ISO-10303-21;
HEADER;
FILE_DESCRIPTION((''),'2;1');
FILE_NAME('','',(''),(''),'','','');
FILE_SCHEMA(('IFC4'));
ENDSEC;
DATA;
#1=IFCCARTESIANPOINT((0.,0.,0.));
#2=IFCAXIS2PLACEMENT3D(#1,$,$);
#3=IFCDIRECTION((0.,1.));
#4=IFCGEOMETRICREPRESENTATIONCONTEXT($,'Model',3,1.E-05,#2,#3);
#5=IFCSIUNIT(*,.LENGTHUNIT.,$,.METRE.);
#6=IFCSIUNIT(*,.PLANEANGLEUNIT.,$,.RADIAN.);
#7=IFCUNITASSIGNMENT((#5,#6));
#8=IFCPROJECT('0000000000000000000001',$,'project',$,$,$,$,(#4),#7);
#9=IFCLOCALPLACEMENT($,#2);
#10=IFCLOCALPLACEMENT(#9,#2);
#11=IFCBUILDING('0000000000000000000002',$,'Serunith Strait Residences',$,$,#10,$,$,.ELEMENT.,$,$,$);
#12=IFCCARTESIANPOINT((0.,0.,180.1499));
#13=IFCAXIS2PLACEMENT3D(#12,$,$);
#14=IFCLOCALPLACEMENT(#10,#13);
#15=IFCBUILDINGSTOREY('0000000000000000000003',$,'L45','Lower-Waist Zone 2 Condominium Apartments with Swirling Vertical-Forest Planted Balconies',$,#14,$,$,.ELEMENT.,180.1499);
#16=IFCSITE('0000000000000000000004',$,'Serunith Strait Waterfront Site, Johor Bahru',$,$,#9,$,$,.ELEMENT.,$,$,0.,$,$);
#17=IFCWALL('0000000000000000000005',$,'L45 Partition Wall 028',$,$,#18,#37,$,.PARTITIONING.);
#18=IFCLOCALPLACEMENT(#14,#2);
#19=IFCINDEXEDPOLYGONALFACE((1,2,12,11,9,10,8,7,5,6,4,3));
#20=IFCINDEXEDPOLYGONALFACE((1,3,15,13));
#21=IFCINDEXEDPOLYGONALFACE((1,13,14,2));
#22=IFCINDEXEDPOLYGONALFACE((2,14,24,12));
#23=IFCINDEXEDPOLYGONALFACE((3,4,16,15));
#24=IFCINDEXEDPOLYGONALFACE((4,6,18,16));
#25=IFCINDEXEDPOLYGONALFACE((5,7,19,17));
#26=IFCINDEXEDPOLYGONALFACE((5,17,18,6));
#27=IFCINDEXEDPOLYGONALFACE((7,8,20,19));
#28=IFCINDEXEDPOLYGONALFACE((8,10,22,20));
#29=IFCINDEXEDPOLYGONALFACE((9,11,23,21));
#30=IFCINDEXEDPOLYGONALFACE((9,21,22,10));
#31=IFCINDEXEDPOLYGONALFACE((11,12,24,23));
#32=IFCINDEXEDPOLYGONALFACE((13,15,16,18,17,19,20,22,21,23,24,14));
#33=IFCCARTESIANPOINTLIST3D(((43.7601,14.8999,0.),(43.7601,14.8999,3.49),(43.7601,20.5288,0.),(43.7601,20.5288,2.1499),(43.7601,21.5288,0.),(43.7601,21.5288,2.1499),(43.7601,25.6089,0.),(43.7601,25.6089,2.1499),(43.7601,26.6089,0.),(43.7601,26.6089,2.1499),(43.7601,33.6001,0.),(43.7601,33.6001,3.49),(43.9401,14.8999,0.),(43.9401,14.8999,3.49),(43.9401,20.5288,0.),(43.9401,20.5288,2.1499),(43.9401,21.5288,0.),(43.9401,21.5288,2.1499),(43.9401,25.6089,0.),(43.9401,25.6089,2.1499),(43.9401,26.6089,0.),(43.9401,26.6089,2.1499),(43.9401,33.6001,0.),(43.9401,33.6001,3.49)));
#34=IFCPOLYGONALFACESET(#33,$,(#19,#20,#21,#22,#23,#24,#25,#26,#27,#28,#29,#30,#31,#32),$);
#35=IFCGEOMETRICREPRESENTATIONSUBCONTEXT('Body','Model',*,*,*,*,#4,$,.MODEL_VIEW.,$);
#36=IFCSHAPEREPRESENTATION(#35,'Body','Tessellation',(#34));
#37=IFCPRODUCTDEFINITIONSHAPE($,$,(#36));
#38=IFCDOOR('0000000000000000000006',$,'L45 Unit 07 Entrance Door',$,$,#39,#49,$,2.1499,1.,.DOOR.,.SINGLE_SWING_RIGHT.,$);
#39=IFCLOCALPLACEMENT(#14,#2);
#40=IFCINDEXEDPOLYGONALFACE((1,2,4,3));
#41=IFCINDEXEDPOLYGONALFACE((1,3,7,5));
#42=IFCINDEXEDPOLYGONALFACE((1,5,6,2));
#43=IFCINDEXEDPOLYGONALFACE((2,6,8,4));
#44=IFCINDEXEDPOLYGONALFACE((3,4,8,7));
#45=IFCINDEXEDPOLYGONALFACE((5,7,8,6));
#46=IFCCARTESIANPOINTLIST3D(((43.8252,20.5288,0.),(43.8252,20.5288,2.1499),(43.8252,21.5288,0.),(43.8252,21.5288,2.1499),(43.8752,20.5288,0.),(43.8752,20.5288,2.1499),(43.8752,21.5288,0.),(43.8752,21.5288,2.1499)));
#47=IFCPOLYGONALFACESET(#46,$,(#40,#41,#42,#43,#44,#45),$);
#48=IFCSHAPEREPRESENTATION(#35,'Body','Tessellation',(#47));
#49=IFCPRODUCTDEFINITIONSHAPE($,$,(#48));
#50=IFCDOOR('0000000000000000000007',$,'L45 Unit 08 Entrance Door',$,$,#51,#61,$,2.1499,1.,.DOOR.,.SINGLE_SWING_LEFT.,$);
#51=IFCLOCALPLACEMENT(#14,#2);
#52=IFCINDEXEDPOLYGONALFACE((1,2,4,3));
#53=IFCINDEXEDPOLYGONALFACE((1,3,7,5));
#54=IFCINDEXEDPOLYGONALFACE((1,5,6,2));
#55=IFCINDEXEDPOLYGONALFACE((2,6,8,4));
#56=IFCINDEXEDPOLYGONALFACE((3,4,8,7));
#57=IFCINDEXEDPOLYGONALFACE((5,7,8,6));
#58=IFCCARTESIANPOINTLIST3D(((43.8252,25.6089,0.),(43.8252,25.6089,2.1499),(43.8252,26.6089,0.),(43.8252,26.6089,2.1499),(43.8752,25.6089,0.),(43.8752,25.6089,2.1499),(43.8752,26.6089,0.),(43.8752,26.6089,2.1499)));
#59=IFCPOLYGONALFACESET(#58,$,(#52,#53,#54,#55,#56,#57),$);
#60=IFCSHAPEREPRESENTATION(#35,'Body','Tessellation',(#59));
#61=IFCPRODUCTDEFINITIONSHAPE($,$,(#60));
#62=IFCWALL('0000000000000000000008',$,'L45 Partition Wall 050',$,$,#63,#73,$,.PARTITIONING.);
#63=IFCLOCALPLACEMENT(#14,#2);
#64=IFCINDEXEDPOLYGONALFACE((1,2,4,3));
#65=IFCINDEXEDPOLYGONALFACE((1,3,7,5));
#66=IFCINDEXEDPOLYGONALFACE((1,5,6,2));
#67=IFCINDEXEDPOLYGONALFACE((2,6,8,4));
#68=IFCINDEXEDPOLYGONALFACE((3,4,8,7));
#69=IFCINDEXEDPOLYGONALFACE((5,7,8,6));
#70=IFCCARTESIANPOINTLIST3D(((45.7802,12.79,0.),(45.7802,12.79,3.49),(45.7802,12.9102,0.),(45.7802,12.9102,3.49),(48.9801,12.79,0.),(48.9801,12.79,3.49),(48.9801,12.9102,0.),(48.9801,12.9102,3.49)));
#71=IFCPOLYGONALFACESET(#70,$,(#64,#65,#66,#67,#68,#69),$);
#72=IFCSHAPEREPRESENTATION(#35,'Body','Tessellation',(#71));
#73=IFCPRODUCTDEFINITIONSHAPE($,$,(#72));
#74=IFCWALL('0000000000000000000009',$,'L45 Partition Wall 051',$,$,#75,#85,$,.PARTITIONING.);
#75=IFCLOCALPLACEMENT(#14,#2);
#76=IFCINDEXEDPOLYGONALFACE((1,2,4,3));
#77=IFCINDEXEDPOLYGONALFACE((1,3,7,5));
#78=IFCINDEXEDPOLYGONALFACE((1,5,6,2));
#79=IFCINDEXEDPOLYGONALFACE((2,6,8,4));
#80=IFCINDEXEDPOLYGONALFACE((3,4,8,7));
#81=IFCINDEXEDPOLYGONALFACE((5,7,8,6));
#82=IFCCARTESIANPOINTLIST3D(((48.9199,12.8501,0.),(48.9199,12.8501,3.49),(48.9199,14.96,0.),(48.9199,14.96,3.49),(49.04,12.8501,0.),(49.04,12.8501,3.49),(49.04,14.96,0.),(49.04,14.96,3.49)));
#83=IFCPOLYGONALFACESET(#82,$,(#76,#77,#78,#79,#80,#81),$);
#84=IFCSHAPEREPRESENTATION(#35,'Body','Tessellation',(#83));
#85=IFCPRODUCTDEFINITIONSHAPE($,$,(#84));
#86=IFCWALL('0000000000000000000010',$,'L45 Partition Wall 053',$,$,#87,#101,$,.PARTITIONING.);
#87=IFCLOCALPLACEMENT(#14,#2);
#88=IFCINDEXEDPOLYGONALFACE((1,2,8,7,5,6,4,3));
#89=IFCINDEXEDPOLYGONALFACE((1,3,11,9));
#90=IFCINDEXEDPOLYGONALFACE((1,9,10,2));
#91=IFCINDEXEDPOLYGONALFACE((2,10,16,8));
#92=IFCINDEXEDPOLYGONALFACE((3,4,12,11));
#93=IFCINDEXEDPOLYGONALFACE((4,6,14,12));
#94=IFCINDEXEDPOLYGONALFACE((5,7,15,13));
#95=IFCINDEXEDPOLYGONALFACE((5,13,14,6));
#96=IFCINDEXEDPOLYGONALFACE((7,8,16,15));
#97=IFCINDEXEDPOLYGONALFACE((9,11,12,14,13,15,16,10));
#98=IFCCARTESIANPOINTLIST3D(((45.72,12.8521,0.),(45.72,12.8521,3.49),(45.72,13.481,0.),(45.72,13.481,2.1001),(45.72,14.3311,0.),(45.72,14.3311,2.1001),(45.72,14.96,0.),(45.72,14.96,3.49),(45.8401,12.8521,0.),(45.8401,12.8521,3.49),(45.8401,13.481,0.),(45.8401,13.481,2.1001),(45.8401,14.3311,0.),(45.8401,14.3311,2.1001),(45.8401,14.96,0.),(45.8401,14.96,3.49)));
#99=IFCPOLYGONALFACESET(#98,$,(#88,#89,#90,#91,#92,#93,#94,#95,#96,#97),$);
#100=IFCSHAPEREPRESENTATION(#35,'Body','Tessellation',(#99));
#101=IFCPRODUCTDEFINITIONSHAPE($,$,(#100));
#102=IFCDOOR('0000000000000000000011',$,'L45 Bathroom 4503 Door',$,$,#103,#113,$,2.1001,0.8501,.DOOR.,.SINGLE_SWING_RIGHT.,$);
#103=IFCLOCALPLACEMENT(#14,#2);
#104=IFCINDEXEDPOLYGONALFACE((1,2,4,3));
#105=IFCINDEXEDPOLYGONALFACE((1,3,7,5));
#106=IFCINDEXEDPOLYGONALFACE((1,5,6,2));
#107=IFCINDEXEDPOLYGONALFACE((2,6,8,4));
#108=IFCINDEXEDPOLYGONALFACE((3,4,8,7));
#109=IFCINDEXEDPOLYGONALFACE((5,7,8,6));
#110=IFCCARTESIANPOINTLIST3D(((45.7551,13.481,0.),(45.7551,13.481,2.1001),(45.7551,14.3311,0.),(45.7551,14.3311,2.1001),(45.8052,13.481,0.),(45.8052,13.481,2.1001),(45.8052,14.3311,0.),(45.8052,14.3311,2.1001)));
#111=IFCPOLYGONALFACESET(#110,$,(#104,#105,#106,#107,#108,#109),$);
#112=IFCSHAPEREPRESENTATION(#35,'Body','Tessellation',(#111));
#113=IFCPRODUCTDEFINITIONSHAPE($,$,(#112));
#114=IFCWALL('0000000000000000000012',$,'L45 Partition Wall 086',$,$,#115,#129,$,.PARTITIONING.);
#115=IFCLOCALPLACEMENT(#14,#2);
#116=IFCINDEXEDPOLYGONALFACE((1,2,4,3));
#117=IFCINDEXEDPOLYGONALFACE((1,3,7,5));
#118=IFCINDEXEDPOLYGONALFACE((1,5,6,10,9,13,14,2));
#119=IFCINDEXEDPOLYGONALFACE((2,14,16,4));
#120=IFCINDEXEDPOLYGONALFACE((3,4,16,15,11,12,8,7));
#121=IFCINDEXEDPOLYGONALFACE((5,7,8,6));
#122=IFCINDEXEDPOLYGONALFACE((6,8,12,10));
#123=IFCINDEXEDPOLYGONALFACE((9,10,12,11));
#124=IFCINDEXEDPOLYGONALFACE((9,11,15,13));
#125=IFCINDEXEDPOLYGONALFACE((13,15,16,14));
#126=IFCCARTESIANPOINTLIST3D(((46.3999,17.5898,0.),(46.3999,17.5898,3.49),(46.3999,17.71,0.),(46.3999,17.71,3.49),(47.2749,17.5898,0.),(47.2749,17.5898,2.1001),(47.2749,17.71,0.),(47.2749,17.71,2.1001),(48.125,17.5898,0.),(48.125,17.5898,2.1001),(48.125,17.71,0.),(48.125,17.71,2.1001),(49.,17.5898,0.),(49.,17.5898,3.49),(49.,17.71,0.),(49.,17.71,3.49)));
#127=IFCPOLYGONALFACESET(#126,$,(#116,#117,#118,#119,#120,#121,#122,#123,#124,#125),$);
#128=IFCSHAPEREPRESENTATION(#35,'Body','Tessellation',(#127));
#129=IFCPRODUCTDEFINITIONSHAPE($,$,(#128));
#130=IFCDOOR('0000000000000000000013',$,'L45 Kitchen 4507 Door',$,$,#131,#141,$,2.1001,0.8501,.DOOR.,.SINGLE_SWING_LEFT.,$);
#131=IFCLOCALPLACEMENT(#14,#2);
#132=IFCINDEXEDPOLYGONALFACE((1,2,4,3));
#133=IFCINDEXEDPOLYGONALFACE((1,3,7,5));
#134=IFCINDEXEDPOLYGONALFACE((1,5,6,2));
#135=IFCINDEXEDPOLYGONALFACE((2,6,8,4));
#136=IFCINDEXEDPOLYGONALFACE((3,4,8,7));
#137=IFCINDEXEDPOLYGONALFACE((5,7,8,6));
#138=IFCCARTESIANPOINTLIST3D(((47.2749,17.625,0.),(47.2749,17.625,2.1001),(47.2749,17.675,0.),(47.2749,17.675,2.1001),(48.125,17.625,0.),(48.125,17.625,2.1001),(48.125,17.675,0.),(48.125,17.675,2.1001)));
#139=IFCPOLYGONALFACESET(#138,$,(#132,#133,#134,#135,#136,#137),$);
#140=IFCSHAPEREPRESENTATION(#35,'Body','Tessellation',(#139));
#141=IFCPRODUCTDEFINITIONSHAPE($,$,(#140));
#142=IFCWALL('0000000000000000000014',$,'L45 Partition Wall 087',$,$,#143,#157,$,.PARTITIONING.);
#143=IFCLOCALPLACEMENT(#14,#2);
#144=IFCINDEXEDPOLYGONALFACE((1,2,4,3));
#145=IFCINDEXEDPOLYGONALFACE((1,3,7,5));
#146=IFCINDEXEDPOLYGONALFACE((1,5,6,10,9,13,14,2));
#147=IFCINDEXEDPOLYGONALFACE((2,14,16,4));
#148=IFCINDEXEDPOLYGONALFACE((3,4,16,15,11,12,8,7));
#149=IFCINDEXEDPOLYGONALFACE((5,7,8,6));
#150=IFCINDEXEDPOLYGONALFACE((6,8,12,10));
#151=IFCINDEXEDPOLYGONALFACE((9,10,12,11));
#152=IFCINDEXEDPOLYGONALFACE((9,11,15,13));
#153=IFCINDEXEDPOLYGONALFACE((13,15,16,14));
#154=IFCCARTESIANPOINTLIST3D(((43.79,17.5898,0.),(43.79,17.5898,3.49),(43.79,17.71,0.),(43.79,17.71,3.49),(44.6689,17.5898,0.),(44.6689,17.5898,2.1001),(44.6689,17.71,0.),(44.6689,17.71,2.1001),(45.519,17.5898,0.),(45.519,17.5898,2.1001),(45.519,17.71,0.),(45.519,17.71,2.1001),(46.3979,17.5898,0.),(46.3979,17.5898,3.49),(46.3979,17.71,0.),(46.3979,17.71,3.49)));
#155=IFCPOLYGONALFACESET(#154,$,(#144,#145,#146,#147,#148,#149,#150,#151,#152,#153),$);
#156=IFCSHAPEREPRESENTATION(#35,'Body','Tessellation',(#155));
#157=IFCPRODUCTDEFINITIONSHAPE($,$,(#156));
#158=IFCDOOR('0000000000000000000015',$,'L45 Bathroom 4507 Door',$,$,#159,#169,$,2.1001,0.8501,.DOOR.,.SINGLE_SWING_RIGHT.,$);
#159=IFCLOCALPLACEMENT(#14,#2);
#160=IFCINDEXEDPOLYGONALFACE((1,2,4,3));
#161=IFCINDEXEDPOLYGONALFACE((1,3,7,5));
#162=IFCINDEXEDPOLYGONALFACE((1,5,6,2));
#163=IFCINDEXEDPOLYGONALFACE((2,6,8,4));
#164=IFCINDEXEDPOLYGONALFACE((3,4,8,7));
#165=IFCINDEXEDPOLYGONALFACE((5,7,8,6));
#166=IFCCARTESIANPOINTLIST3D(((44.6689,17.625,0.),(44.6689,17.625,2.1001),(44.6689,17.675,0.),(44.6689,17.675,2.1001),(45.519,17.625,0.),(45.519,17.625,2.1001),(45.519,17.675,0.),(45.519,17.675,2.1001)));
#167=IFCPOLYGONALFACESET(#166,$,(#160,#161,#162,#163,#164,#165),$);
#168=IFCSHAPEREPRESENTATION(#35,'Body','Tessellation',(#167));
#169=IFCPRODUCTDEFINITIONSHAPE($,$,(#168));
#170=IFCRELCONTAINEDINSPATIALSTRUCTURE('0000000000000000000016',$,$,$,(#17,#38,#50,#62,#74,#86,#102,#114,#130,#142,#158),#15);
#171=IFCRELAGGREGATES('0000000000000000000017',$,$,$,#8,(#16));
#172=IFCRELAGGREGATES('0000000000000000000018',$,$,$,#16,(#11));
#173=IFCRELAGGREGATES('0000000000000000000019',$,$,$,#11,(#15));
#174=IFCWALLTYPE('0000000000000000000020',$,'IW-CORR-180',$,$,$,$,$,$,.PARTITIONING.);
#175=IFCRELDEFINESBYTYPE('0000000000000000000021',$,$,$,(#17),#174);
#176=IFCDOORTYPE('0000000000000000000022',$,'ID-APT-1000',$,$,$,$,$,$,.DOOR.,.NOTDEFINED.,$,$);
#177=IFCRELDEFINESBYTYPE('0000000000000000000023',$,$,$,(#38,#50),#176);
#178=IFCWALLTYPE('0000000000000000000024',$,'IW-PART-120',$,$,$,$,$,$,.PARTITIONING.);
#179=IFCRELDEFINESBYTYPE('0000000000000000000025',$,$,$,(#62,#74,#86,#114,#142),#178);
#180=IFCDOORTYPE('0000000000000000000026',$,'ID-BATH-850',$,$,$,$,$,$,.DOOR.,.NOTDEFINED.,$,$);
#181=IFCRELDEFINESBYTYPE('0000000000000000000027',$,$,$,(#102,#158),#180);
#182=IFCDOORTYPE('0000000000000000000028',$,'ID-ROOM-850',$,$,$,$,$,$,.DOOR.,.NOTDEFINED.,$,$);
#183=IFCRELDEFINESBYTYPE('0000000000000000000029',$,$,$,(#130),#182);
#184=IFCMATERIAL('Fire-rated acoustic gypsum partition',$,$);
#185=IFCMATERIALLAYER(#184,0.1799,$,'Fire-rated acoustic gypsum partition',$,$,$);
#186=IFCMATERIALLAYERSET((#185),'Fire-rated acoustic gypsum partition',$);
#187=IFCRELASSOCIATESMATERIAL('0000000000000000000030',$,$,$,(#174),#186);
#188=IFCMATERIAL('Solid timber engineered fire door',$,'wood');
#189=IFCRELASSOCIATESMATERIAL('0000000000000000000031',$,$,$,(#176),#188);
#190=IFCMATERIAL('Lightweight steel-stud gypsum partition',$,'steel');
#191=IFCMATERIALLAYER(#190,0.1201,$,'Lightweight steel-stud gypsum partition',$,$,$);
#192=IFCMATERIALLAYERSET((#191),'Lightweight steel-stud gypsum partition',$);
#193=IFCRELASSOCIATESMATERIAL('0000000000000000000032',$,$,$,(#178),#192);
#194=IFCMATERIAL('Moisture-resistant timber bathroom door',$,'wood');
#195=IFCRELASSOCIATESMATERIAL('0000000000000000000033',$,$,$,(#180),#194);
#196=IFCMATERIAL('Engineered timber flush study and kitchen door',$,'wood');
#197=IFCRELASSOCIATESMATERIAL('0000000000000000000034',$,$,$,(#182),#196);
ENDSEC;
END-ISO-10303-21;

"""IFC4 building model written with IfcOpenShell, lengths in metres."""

from ifc_helpers import new_model, si_unit, direction, frame, frame_2d, origin, place, context, subcontext, project, spatial, rectangle, extrude, source, transform, mapped, material, layer, layer_set, type_object, element, fill, save


model = new_model("IFC4")

# Units and contexts
model_context = context("Model", 3, precision=1e-05, world=origin(), true_north=direction((0.0, 1.0)))
body_context = subcontext(model_context, "Body", "Model", "MODEL_VIEW")
ifc_project = project(units=[si_unit("LENGTHUNIT", "METRE"), si_unit("PLANEANGLEUNIT", "RADIAN")], contexts=[model_context])

# Site, building, storey
site_placement = place(None, origin())
site = spatial("IfcSite", under=ifc_project, at=site_placement, Name="Serunith Strait Waterfront Site, Johor Bahru", CompositionType="ELEMENT", RefElevation=0.0)
building_placement = place(site_placement, origin())
building = spatial("IfcBuilding", under=site, at=building_placement, Name="Serunith Strait Residences", CompositionType="ELEMENT")
storey_placement = place(building_placement, frame((0.0, 0.0, 180.1499)))
storey = spatial("IfcBuildingStorey", under=building, at=storey_placement, Name="L45", Description="Lower-Waist Zone 2 Condominium Apartments with Swirling Vertical-Forest Planted Balconies", CompositionType="ELEMENT", Elevation=180.1499)

# Wall, openings, doors
ifc_material_1 = material(Name="Fire-rated acoustic gypsum partition")
ifc_layer_1 = layer(ifc_material_1, 0.1799, Name="Fire-rated acoustic gypsum partition")
ifc_layer_set_1 = layer_set([ifc_layer_1], Name="Fire-rated acoustic gypsum partition")
wall_type_1 = type_object("IfcWallType", Name="IW-CORR-180", PredefinedType="PARTITIONING", material=ifc_layer_set_1)
wall_1_placement = place(storey_placement, frame((43.8501, 14.8999, 0.0), z_axis=(0.0, 0.0, 1.0), x_axis=(0.0, 1.0, 0.0)))
wall_1 = element("IfcWall", 1, at=wall_1_placement, inside=storey, type_object=wall_type_1, Name="L45 Partition Wall 028", PredefinedType="PARTITIONING", context=body_context, shape_type="SweptSolid", body=[
    extrude(rectangle(XDim=18.7002, YDim=0.1799, at=frame_2d((9.3501, 0.0))), origin(), (0.0, 0.0, 1.0), 3.49),
])
opening_1_placement = place(wall_1_placement, frame((5.6289, 0.0, 0.0)))
opening_1 = element("IfcOpeningElement", 2, at=opening_1_placement, cuts=wall_1, PredefinedType="OPENING", context=body_context, shape_type="SweptSolid", body=[
    extrude(rectangle(XDim=1.0, YDim=2.1499, at=frame_2d((0.5, 1.075))), frame((0.0, 0.1001, 0.0), z_axis=(0.0, -1.0, 0.0), x_axis=(1.0, 0.0, 0.0)), (0.0, 0.0, 1.0), 0.2),
])
opening_2_placement = place(wall_1_placement, frame((10.709, 0.0, 0.0)))
opening_2 = element("IfcOpeningElement", 3, at=opening_2_placement, cuts=wall_1, PredefinedType="OPENING", context=body_context, shape_type="SweptSolid", body=[
    extrude(rectangle(XDim=1.0, YDim=2.1499, at=frame_2d((0.5, 1.075))), frame((0.0, 0.1001, 0.0), z_axis=(0.0, -1.0, 0.0), x_axis=(1.0, 0.0, 0.0)), (0.0, 0.0, 1.0), 0.2),
])
ifc_material_2 = material(Name="Solid timber engineered fire door", Category="wood")
door_type_1 = type_object("IfcDoorType", Name="ID-APT-1000", OperationType="NOTDEFINED", PredefinedType="DOOR", material=ifc_material_2)
shared_shape_1 = source(origin(), body_context, "Body", "SweptSolid", [
    extrude(rectangle(XDim=1.0, YDim=2.1499, at=frame_2d((0.5, 1.075))), frame((0.0, 0.0249, 0.0), z_axis=(0.0, -1.0, 0.0), x_axis=(1.0, 0.0, 0.0)), (0.0, 0.0, 1.0), 0.05),
])
door_1_placement = place(opening_1_placement, origin())
door_1 = element("IfcDoor", 4, at=door_1_placement, inside=storey, type_object=door_type_1, Name="L45 Unit 07 Entrance Door", OperationType="SINGLE_SWING_RIGHT", OverallHeight=2.1499, OverallWidth=1.0, PredefinedType="DOOR", context=body_context, shape_type="MappedRepresentation", body=[
    mapped(shared_shape_1, transform((0.0, 0.0, 0.0), scale=1.0)),
])
fill(opening_1, door_1)
door_2_placement = place(opening_2_placement, origin())
door_2 = element("IfcDoor", 5, at=door_2_placement, inside=storey, type_object=door_type_1, Name="L45 Unit 08 Entrance Door", OperationType="SINGLE_SWING_LEFT", OverallHeight=2.1499, OverallWidth=1.0, PredefinedType="DOOR", context=body_context, shape_type="MappedRepresentation", body=[
    mapped(shared_shape_1, transform((0.0, 0.0, 0.0), scale=1.0)),
])
fill(opening_2, door_2)

# Walls
ifc_material_3 = material(Name="Lightweight steel-stud gypsum partition", Category="steel")
ifc_layer_2 = layer(ifc_material_3, 0.1201, Name="Lightweight steel-stud gypsum partition")
ifc_layer_set_2 = layer_set([ifc_layer_2], Name="Lightweight steel-stud gypsum partition")
wall_type_2 = type_object("IfcWallType", Name="IW-PART-120", PredefinedType="PARTITIONING", material=ifc_layer_set_2)
wall_2_placement = place(storey_placement, frame((45.78, 12.8501, 0.0), z_axis=(0.0, 0.0, 1.0), x_axis=(1.0, 0.0, 0.0)))
element("IfcWall", 6, at=wall_2_placement, inside=storey, type_object=wall_type_2, Name="L45 Partition Wall 050", PredefinedType="PARTITIONING", context=body_context, shape_type="SweptSolid", body=[
    extrude(rectangle(XDim=3.2, YDim=0.1201, at=frame_2d((1.6001, 0.0))), origin(), (0.0, 0.0, 1.0), 3.49),
])
wall_3_placement = place(storey_placement, frame((48.98, 12.8501, 0.0), z_axis=(0.0, 0.0, 1.0), x_axis=(0.0, 1.0, 0.0)))
element("IfcWall", 7, at=wall_3_placement, inside=storey, type_object=wall_type_2, Name="L45 Partition Wall 051", PredefinedType="PARTITIONING", context=body_context, shape_type="SweptSolid", body=[
    extrude(rectangle(XDim=2.1099, YDim=0.1201, at=frame_2d((1.0549, 0.0))), origin(), (0.0, 0.0, 1.0), 3.49),
])

# Walls, openings, doors
wall_4_placement = place(storey_placement, frame((45.78, 12.8521, 0.0), z_axis=(0.0, 0.0, 1.0), x_axis=(0.0, 1.0, 0.0)))
wall_4 = element("IfcWall", 8, at=wall_4_placement, inside=storey, type_object=wall_type_2, Name="L45 Partition Wall 053", PredefinedType="PARTITIONING", context=body_context, shape_type="SweptSolid", body=[
    extrude(rectangle(XDim=2.1079, YDim=0.1201, at=frame_2d((1.054, 0.0))), origin(), (0.0, 0.0, 1.0), 3.49),
])
opening_3_placement = place(wall_4_placement, frame((0.6289, 0.0, 0.0)))
opening_3 = element("IfcOpeningElement", 9, at=opening_3_placement, cuts=wall_4, PredefinedType="OPENING", context=body_context, shape_type="SweptSolid", body=[
    extrude(rectangle(XDim=0.8501, YDim=2.1001, at=frame_2d((0.425, 1.05))), frame((0.0, 0.0701, 0.0), z_axis=(0.0, -1.0, 0.0), x_axis=(1.0, 0.0, 0.0)), (0.0, 0.0, 1.0), 0.1401),
])
ifc_material_4 = material(Name="Moisture-resistant timber bathroom door", Category="wood")
door_type_2 = type_object("IfcDoorType", Name="ID-BATH-850", OperationType="NOTDEFINED", PredefinedType="DOOR", material=ifc_material_4)
shared_shape_2 = source(origin(), body_context, "Body", "SweptSolid", [
    extrude(rectangle(XDim=0.8501, YDim=2.1001, at=frame_2d((0.425, 1.05))), frame((0.0, 0.0249, 0.0), z_axis=(0.0, -1.0, 0.0), x_axis=(1.0, 0.0, 0.0)), (0.0, 0.0, 1.0), 0.05),
])
door_3_placement = place(opening_3_placement, origin())
door_3 = element("IfcDoor", 10, at=door_3_placement, inside=storey, type_object=door_type_2, Name="L45 Bathroom 4503 Door", OperationType="SINGLE_SWING_RIGHT", OverallHeight=2.1001, OverallWidth=0.8501, PredefinedType="DOOR", context=body_context, shape_type="MappedRepresentation", body=[
    mapped(shared_shape_2, transform((0.0, 0.0, 0.0), scale=1.0)),
])
fill(opening_3, door_3)
wall_5_placement = place(storey_placement, frame((49.0, 17.6499, 0.0), z_axis=(0.0, 0.0, 1.0), x_axis=(-1.0, 0.0, 0.0)))
wall_5 = element("IfcWall", 11, at=wall_5_placement, inside=storey, type_object=wall_type_2, Name="L45 Partition Wall 086", PredefinedType="PARTITIONING", context=body_context, shape_type="SweptSolid", body=[
    extrude(rectangle(XDim=2.6001, YDim=0.1201, at=frame_2d((1.3, 0.0))), origin(), (0.0, 0.0, 1.0), 3.49),
])
opening_4_placement = place(wall_5_placement, frame((0.875, 0.0, 0.0)))
opening_4 = element("IfcOpeningElement", 12, at=opening_4_placement, cuts=wall_5, PredefinedType="OPENING", context=body_context, shape_type="SweptSolid", body=[
    extrude(rectangle(XDim=0.8501, YDim=2.1001, at=frame_2d((0.425, 1.05))), frame((0.0, 0.0701, 0.0), z_axis=(0.0, -1.0, 0.0), x_axis=(1.0, 0.0, 0.0)), (0.0, 0.0, 1.0), 0.1401),
])
ifc_material_5 = material(Name="Engineered timber flush study and kitchen door", Category="wood")
door_type_3 = type_object("IfcDoorType", Name="ID-ROOM-850", OperationType="NOTDEFINED", PredefinedType="DOOR", material=ifc_material_5)
door_4_placement = place(opening_4_placement, origin())
door_4 = element("IfcDoor", 13, at=door_4_placement, inside=storey, type_object=door_type_3, Name="L45 Kitchen 4507 Door", OperationType="SINGLE_SWING_LEFT", OverallHeight=2.1001, OverallWidth=0.8501, PredefinedType="DOOR", context=body_context, shape_type="MappedRepresentation", body=[
    mapped(shared_shape_2, transform((0.0, 0.0, 0.0), scale=1.0)),
])
fill(opening_4, door_4)
wall_6_placement = place(storey_placement, frame((46.3979, 17.6499, 0.0), z_axis=(0.0, 0.0, 1.0), x_axis=(-1.0, 0.0, 0.0)))
wall_6 = element("IfcWall", 14, at=wall_6_placement, inside=storey, type_object=wall_type_2, Name="L45 Partition Wall 087", PredefinedType="PARTITIONING", context=body_context, shape_type="SweptSolid", body=[
    extrude(rectangle(XDim=2.6079, YDim=0.1201, at=frame_2d((1.304, 0.0))), origin(), (0.0, 0.0, 1.0), 3.49),
])
opening_5_placement = place(wall_6_placement, frame((0.8789, 0.0, 0.0)))
opening_5 = element("IfcOpeningElement", 15, at=opening_5_placement, cuts=wall_6, PredefinedType="OPENING", context=body_context, shape_type="SweptSolid", body=[
    extrude(rectangle(XDim=0.8501, YDim=2.1001, at=frame_2d((0.425, 1.05))), frame((0.0, 0.0701, 0.0), z_axis=(0.0, -1.0, 0.0), x_axis=(1.0, 0.0, 0.0)), (0.0, 0.0, 1.0), 0.1401),
])
door_5_placement = place(opening_5_placement, origin())
door_5 = element("IfcDoor", 16, at=door_5_placement, inside=storey, type_object=door_type_2, Name="L45 Bathroom 4507 Door", OperationType="SINGLE_SWING_RIGHT", OverallHeight=2.1001, OverallWidth=0.8501, PredefinedType="DOOR", context=body_context, shape_type="MappedRepresentation", body=[
    mapped(shared_shape_2, transform((0.0, 0.0, 0.0), scale=1.0)),
])
fill(opening_5, door_5)

save(model, "model.ifc")
